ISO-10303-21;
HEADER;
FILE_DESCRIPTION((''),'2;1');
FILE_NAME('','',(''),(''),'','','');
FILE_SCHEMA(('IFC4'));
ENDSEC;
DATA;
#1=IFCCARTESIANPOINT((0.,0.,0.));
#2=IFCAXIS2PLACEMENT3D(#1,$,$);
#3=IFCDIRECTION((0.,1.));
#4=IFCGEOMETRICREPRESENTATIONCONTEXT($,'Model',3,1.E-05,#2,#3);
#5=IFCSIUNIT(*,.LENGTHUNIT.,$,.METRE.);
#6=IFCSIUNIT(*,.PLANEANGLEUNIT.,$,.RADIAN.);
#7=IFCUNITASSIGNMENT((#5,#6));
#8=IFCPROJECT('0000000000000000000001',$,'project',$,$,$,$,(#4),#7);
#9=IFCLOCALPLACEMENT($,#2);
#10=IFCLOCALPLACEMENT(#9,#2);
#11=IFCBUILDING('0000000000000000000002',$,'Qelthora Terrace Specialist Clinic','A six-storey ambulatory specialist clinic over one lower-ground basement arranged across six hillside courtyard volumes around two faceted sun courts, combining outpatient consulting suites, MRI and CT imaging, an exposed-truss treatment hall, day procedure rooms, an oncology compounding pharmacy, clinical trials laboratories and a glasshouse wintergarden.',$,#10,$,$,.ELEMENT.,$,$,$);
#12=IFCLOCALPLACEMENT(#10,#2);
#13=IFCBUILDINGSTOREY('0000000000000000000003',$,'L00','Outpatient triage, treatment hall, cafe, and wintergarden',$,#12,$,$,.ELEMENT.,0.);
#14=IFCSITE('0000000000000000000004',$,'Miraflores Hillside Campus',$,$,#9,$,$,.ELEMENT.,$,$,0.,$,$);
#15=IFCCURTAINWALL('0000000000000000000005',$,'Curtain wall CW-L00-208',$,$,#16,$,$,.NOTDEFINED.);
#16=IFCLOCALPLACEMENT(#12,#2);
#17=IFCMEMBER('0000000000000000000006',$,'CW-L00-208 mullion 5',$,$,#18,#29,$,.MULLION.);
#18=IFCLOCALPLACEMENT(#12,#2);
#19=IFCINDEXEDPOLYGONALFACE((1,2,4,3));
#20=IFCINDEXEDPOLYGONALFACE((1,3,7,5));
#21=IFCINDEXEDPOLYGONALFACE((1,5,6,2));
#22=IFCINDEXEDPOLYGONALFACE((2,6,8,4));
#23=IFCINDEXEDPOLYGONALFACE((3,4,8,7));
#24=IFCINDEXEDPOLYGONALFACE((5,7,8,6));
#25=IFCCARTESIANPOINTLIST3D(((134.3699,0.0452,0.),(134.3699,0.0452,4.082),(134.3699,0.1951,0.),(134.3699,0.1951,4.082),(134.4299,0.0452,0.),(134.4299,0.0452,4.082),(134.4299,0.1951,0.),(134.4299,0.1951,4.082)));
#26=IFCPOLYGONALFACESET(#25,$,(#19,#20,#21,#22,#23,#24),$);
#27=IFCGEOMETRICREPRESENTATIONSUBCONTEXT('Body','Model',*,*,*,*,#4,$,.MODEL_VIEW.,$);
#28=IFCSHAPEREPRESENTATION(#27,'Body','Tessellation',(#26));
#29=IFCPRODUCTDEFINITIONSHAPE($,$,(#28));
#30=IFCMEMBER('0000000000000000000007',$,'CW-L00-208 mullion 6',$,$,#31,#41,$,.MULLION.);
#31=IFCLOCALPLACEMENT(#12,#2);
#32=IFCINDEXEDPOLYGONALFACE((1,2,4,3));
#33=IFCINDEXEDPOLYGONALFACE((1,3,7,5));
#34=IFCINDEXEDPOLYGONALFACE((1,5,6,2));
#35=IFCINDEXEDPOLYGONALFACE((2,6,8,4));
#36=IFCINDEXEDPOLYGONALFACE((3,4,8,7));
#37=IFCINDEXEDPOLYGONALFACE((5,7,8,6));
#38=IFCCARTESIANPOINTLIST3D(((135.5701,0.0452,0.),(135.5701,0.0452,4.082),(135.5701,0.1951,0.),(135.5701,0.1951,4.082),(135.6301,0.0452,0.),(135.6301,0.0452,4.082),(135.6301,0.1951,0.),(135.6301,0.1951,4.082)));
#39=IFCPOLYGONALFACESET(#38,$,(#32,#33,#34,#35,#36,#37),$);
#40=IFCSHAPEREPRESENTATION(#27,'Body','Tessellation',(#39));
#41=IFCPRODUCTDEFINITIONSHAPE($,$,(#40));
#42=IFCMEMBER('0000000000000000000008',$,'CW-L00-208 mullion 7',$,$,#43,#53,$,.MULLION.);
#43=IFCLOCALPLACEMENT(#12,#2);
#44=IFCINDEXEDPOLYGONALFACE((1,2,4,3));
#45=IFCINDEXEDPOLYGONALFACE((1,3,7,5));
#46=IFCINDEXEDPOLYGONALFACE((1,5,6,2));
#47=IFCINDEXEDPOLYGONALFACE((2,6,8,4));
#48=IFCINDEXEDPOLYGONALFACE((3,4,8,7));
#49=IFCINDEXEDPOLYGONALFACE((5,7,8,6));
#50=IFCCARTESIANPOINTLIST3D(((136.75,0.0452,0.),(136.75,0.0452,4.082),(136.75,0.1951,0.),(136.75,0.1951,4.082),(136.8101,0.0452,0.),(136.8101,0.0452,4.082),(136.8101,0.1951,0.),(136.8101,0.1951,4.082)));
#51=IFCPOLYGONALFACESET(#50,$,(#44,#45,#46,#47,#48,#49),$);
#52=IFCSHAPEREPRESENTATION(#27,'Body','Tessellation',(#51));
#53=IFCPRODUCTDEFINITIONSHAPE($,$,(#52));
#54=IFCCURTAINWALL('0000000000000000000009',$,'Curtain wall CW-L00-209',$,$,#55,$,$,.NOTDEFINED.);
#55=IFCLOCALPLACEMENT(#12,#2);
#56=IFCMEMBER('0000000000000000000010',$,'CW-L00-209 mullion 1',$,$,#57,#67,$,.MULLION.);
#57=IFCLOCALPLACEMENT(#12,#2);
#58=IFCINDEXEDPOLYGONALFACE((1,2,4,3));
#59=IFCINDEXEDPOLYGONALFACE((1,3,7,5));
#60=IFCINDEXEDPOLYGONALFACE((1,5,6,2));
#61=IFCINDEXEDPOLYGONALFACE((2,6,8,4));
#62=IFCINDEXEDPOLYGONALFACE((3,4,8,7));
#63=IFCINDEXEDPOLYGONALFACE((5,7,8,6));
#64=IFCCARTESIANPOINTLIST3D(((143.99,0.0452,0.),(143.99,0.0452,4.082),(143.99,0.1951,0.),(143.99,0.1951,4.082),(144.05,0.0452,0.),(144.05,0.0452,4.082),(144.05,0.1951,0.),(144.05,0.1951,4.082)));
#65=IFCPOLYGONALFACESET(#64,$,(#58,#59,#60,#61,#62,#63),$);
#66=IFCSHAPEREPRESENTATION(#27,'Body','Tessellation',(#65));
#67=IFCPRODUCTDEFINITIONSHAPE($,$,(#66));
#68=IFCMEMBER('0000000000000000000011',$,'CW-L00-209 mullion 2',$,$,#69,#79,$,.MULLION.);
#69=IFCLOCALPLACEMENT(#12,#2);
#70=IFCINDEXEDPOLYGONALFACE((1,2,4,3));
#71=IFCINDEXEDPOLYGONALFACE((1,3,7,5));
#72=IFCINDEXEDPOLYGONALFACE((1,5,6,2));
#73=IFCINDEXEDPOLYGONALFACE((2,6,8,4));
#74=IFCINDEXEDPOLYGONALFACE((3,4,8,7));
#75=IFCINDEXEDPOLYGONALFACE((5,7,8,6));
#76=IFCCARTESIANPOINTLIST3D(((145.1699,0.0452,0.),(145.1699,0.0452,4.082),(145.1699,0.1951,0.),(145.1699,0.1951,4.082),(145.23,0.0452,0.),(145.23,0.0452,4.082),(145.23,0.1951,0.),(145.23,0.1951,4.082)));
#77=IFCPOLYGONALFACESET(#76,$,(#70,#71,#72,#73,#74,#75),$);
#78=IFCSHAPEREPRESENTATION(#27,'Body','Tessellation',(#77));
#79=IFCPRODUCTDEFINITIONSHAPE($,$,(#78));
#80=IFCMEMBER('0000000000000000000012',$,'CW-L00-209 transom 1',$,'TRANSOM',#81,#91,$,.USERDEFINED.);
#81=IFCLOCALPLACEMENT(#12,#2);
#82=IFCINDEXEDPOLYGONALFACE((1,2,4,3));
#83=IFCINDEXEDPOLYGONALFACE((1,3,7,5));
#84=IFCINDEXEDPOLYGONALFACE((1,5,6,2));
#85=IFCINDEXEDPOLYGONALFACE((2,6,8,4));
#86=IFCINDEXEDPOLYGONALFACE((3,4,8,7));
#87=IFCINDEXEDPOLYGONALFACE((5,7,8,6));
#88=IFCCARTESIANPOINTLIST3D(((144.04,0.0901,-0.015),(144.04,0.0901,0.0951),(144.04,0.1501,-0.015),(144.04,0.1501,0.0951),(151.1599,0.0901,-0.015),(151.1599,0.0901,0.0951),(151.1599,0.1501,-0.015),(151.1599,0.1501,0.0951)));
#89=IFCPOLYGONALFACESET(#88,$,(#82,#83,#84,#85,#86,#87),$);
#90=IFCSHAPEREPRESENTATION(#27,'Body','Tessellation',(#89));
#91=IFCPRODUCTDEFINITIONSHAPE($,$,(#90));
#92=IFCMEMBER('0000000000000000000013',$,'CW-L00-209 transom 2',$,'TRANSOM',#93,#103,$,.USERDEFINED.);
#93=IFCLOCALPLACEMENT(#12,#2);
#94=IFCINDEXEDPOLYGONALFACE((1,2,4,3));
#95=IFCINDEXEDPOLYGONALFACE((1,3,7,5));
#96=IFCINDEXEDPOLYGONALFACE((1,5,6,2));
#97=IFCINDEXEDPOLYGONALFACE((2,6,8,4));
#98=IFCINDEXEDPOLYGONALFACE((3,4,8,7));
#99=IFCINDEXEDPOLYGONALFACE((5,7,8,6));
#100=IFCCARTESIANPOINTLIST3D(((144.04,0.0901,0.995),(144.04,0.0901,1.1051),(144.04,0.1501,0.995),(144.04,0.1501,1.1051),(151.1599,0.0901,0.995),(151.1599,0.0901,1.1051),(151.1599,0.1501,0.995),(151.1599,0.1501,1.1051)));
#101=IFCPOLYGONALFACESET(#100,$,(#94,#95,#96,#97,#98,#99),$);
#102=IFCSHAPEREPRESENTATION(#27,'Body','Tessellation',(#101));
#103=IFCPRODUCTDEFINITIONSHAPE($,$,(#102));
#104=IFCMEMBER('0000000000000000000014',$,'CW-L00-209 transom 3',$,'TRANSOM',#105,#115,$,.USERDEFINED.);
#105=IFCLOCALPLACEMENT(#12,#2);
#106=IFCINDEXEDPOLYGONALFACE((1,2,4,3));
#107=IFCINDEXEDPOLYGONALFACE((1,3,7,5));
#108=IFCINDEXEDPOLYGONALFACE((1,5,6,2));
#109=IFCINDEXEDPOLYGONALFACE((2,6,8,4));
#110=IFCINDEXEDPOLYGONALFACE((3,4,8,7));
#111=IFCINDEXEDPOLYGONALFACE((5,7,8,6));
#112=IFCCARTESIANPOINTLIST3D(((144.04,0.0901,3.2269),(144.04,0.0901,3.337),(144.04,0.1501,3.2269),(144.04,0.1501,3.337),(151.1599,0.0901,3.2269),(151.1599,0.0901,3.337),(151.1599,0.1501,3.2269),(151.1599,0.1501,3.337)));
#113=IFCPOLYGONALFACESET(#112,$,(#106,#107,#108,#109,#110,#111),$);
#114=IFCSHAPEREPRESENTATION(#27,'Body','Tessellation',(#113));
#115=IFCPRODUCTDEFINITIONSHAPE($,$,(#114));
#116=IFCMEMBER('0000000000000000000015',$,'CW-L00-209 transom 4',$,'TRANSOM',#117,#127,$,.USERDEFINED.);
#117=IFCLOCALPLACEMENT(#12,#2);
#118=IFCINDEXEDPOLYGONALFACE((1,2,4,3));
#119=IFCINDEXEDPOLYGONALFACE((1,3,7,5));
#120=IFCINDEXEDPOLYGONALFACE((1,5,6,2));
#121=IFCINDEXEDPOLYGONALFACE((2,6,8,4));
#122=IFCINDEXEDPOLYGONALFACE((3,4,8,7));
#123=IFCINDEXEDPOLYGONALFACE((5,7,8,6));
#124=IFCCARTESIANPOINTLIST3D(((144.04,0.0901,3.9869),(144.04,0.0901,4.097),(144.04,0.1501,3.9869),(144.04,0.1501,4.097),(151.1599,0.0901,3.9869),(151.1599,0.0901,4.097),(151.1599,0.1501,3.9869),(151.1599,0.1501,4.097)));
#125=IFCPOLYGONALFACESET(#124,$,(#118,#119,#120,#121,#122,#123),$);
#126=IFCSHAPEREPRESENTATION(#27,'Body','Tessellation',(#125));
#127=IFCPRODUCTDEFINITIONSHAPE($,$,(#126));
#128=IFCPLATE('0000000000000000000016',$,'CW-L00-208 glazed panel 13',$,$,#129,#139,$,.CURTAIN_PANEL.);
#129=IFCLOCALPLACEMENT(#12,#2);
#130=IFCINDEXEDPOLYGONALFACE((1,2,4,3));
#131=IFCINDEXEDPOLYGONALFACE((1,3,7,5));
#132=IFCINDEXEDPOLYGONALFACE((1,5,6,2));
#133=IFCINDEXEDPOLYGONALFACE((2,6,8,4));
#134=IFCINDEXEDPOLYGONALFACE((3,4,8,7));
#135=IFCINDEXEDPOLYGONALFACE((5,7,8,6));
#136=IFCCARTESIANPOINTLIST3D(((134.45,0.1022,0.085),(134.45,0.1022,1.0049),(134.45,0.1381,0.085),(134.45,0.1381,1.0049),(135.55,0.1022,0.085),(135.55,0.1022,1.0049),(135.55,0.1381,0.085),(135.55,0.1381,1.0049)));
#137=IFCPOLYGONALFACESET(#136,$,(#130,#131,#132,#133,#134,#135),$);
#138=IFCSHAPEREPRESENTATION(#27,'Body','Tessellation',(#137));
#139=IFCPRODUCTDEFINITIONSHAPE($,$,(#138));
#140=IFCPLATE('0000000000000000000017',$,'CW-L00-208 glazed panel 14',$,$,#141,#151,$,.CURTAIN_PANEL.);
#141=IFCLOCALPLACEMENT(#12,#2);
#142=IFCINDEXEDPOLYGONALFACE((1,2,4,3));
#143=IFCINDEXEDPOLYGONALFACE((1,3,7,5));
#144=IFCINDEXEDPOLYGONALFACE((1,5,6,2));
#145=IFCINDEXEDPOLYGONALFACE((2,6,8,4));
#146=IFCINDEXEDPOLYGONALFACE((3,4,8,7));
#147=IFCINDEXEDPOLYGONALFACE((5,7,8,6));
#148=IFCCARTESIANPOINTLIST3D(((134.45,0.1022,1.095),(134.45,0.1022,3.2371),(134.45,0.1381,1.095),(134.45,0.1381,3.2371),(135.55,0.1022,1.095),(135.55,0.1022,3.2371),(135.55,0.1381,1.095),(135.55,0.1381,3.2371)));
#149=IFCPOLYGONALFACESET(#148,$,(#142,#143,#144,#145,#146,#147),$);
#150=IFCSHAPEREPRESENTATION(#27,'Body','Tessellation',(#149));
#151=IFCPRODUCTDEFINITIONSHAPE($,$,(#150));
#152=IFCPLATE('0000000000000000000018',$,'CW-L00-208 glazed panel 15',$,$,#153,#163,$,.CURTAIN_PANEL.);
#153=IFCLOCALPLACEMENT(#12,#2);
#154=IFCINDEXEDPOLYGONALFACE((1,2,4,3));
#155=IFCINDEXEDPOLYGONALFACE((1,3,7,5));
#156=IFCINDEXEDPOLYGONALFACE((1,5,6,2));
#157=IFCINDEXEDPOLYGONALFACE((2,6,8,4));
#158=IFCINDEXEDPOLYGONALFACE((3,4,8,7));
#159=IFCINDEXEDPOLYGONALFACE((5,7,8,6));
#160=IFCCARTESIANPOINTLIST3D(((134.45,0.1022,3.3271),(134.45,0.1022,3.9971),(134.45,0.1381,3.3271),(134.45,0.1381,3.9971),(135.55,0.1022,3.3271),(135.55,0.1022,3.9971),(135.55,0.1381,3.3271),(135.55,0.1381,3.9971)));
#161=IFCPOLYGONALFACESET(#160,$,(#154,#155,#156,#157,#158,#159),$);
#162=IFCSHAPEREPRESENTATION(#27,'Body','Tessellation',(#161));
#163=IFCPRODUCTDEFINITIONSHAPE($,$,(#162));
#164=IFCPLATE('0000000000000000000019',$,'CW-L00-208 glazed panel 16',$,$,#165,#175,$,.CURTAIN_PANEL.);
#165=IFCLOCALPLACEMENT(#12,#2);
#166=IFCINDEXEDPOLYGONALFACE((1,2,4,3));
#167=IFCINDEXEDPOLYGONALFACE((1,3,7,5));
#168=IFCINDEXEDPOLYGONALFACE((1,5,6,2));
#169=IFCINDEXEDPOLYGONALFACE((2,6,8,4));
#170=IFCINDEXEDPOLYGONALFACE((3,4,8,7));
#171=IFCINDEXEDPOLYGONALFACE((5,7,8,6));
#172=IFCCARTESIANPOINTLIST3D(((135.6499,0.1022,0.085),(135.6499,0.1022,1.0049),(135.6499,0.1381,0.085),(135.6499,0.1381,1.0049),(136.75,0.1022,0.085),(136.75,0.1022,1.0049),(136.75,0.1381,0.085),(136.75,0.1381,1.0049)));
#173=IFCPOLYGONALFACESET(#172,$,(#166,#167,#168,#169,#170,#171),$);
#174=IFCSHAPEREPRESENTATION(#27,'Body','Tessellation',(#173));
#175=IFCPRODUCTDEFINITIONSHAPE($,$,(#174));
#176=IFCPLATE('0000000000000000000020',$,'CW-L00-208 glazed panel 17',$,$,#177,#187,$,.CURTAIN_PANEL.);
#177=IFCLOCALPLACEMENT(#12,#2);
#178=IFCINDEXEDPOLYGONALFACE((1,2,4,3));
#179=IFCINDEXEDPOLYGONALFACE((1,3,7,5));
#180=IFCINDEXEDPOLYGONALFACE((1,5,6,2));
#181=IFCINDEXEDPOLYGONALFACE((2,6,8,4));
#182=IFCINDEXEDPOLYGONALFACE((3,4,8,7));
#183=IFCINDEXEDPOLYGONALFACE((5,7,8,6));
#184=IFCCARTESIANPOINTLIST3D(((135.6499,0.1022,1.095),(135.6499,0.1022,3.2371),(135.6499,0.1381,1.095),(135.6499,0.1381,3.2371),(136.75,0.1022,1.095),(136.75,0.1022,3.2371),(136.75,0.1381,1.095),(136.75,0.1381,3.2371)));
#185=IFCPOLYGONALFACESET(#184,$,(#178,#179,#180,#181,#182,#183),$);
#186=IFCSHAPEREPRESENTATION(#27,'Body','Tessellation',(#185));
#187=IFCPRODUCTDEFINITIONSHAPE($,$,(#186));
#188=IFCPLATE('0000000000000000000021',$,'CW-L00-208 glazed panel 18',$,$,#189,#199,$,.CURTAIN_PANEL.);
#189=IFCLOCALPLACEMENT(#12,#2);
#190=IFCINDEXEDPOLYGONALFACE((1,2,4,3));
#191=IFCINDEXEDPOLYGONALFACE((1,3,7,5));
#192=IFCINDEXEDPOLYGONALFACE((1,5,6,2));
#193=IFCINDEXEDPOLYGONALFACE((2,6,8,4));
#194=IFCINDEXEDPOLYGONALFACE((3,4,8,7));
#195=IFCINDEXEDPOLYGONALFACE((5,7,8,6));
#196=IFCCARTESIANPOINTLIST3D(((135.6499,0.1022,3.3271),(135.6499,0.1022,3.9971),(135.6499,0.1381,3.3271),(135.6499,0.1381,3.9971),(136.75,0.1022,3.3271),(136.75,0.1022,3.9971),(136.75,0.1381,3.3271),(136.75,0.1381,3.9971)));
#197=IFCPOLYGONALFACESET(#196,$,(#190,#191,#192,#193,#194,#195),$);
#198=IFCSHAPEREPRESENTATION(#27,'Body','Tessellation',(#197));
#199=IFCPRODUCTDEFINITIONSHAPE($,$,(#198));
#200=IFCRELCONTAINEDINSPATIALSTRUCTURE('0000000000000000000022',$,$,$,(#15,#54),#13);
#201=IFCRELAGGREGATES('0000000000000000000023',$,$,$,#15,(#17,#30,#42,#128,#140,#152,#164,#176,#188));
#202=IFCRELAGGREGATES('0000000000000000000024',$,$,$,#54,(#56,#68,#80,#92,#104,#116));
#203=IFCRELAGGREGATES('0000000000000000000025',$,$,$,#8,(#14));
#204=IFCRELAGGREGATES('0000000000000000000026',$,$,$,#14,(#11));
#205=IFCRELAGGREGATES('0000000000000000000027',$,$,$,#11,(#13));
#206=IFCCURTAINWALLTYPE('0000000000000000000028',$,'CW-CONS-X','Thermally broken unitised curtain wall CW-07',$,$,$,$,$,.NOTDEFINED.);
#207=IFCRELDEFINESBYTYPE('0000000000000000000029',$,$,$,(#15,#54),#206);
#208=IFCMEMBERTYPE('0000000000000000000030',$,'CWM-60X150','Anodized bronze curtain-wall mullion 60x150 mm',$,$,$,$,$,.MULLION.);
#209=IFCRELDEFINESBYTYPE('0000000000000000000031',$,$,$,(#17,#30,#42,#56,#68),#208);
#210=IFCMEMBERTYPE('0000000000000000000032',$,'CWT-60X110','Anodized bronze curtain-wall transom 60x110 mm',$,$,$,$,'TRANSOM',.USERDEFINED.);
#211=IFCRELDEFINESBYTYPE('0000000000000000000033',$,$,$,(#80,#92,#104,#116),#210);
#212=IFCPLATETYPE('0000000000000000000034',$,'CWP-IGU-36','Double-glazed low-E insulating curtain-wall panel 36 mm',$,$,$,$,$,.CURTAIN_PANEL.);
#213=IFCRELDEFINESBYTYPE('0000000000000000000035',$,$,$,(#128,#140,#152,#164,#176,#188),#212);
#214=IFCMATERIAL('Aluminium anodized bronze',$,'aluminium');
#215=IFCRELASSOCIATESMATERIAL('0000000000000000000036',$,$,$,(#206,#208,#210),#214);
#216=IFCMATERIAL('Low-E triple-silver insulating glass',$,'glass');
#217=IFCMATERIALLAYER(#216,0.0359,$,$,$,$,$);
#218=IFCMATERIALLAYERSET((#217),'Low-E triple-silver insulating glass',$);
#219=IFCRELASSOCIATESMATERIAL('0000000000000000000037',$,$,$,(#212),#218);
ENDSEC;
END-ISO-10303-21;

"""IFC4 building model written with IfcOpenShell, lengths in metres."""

from ifc_helpers import new_model, si_unit, direction, frame, origin, origin_2d, place, context, subcontext, project, spatial, rectangle, extrude, material, layer, layer_set, material_profile, profile_set, type_object, element, aggregate, save


model = new_model("IFC4")

# Units and contexts
model_context = context("Model", 3, precision=1e-05, world=origin(), true_north=direction((0.0, 1.0)))
body_context = subcontext(model_context, "Body", "Model", "MODEL_VIEW")
ifc_project = project(units=[si_unit("LENGTHUNIT", "METRE"), si_unit("PLANEANGLEUNIT", "RADIAN")], contexts=[model_context])

# Site, building, storey
site_placement = place(None, origin())
site = spatial("IfcSite", under=ifc_project, at=site_placement, Name="Miraflores Hillside Campus", CompositionType="ELEMENT", RefElevation=0.0)
building_placement = place(site_placement, origin())
building = spatial("IfcBuilding", under=site, at=building_placement, Name="Qelthora Terrace Specialist Clinic", Description="A six-storey ambulatory specialist clinic over one lower-ground basement arranged across six hillside courtyard volumes around two faceted sun courts, combining outpatient consulting suites, MRI and CT imaging, an exposed-truss treatment hall, day procedure rooms, an oncology compounding pharmacy, clinical trials laboratories and a glasshouse wintergarden.", CompositionType="ELEMENT")
storey_placement = place(building_placement, origin())
storey = spatial("IfcBuildingStorey", under=building, at=storey_placement, Name="L00", Description="Outpatient triage, treatment hall, cafe, and wintergarden", CompositionType="ELEMENT", Elevation=0.0)

# Curtain walls, members
ifc_material_1 = material(Name="Aluminium anodized bronze", Category="aluminium")
curtain_wall_type = type_object("IfcCurtainWallType", Name="CW-CONS-X", Description="Thermally broken unitised curtain wall CW-07", PredefinedType="NOTDEFINED", material=ifc_material_1)
curtain_wall_1_placement = place(storey_placement, origin())
curtain_wall_1 = element("IfcCurtainWall", 1, at=curtain_wall_1_placement, inside=storey, type_object=curtain_wall_type, Name="Curtain wall CW-L00-208", PredefinedType="NOTDEFINED")
ifc_material_profile_1 = material_profile(ifc_material_1, rectangle(XDim=0.0601, YDim=0.1499, at=origin_2d()), Name="CWM60X150")
ifc_profile_set_1 = profile_set([ifc_material_profile_1], Name="Aluminium anodized bronze")
member_type_1 = type_object("IfcMemberType", Name="CWM-60X150", Description="Anodized bronze curtain-wall mullion 60x150 mm", PredefinedType="MULLION", material=ifc_profile_set_1)
member_1_placement = place(storey_placement, frame((134.3999, 0.1201, 0.0), z_axis=(0.0, 0.0, 1.0), x_axis=(1.0, 0.0, 0.0)))
member_1 = element("IfcMember", 2, at=member_1_placement, type_object=member_type_1, Name="CW-L00-208 mullion 5", PredefinedType="MULLION", context=body_context, shape_type="SweptSolid", body=[
    extrude(rectangle(XDim=0.0601, YDim=0.1499, at=origin_2d()), origin(), (0.0, 0.0, 1.0), 4.082),
])
member_2_placement = place(storey_placement, frame((135.6001, 0.1201, 0.0), z_axis=(0.0, 0.0, 1.0), x_axis=(1.0, 0.0, 0.0)))
member_2 = element("IfcMember", 3, at=member_2_placement, type_object=member_type_1, Name="CW-L00-208 mullion 6", PredefinedType="MULLION", context=body_context, shape_type="SweptSolid", body=[
    extrude(rectangle(XDim=0.0601, YDim=0.1499, at=origin_2d()), origin(), (0.0, 0.0, 1.0), 4.082),
])
member_3_placement = place(storey_placement, frame((136.78, 0.1201, 0.0), z_axis=(0.0, 0.0, 1.0), x_axis=(1.0, 0.0, 0.0)))
member_3 = element("IfcMember", 4, at=member_3_placement, type_object=member_type_1, Name="CW-L00-208 mullion 7", PredefinedType="MULLION", context=body_context, shape_type="SweptSolid", body=[
    extrude(rectangle(XDim=0.0601, YDim=0.1499, at=origin_2d()), origin(), (0.0, 0.0, 1.0), 4.082),
])
curtain_wall_2_placement = place(storey_placement, origin())
curtain_wall_2 = element("IfcCurtainWall", 5, at=curtain_wall_2_placement, inside=storey, type_object=curtain_wall_type, Name="Curtain wall CW-L00-209", PredefinedType="NOTDEFINED")
member_4_placement = place(storey_placement, frame((144.02, 0.1201, 0.0), z_axis=(0.0, 0.0, 1.0), x_axis=(1.0, 0.0, 0.0)))
member_4 = element("IfcMember", 6, at=member_4_placement, type_object=member_type_1, Name="CW-L00-209 mullion 1", PredefinedType="MULLION", context=body_context, shape_type="SweptSolid", body=[
    extrude(rectangle(XDim=0.0601, YDim=0.1499, at=origin_2d()), origin(), (0.0, 0.0, 1.0), 4.082),
])
member_5_placement = place(storey_placement, frame((145.2, 0.1201, 0.0), z_axis=(0.0, 0.0, 1.0), x_axis=(1.0, 0.0, 0.0)))
member_5 = element("IfcMember", 7, at=member_5_placement, type_object=member_type_1, Name="CW-L00-209 mullion 2", PredefinedType="MULLION", context=body_context, shape_type="SweptSolid", body=[
    extrude(rectangle(XDim=0.0601, YDim=0.1499, at=origin_2d()), origin(), (0.0, 0.0, 1.0), 4.082),
])
ifc_material_profile_2 = material_profile(ifc_material_1, rectangle(XDim=0.0601, YDim=0.1101, at=origin_2d()), Name="CWT60X110")
ifc_profile_set_2 = profile_set([ifc_material_profile_2], Name="Aluminium anodized bronze")
member_type_2 = type_object("IfcMemberType", Name="CWT-60X110", Description="Anodized bronze curtain-wall transom 60x110 mm", ElementType="TRANSOM", PredefinedType="USERDEFINED", material=ifc_profile_set_2)
member_6_placement = place(storey_placement, frame((144.04, 0.1201, 0.04), z_axis=(1.0, 0.0, 0.0), x_axis=(0.0, 1.0, 0.0)))
member_6 = element("IfcMember", 8, at=member_6_placement, type_object=member_type_2, Name="CW-L00-209 transom 1", ObjectType="TRANSOM", PredefinedType="USERDEFINED", context=body_context, shape_type="SweptSolid", body=[
    extrude(rectangle(XDim=0.0601, YDim=0.1101, at=origin_2d()), origin(), (0.0, 0.0, 1.0), 7.1199),
])
member_7_placement = place(storey_placement, frame((144.04, 0.1201, 1.05), z_axis=(1.0, 0.0, 0.0), x_axis=(0.0, 1.0, 0.0)))
member_7 = element("IfcMember", 9, at=member_7_placement, type_object=member_type_2, Name="CW-L00-209 transom 2", ObjectType="TRANSOM", PredefinedType="USERDEFINED", context=body_context, shape_type="SweptSolid", body=[
    extrude(rectangle(XDim=0.0601, YDim=0.1101, at=origin_2d()), origin(), (0.0, 0.0, 1.0), 7.1199),
])
member_8_placement = place(storey_placement, frame((144.04, 0.1201, 3.282), z_axis=(1.0, 0.0, 0.0), x_axis=(0.0, 1.0, 0.0)))
member_8 = element("IfcMember", 10, at=member_8_placement, type_object=member_type_2, Name="CW-L00-209 transom 3", ObjectType="TRANSOM", PredefinedType="USERDEFINED", context=body_context, shape_type="SweptSolid", body=[
    extrude(rectangle(XDim=0.0601, YDim=0.1101, at=origin_2d()), origin(), (0.0, 0.0, 1.0), 7.1199),
])
member_9_placement = place(storey_placement, frame((144.04, 0.1201, 4.042), z_axis=(1.0, 0.0, 0.0), x_axis=(0.0, 1.0, 0.0)))
member_9 = element("IfcMember", 11, at=member_9_placement, type_object=member_type_2, Name="CW-L00-209 transom 4", ObjectType="TRANSOM", PredefinedType="USERDEFINED", context=body_context, shape_type="SweptSolid", body=[
    extrude(rectangle(XDim=0.0601, YDim=0.1101, at=origin_2d()), origin(), (0.0, 0.0, 1.0), 7.1199),
])

# Plates
ifc_material_2 = material(Name="Low-E triple-silver insulating glass", Category="glass")
ifc_layer_1 = layer(ifc_material_2, 0.0359)
ifc_layer_set_1 = layer_set([ifc_layer_1], Name="Low-E triple-silver insulating glass")
plate_type_1 = type_object("IfcPlateType", Name="CWP-IGU-36", Description="Double-glazed low-E insulating curtain-wall panel 36 mm", PredefinedType="CURTAIN_PANEL", material=ifc_layer_set_1)
plate_1_placement = place(storey_placement, frame((135.0, 0.1201, 0.085), z_axis=(0.0, 0.0, 1.0), x_axis=(1.0, 0.0, 0.0)))
plate_1 = element("IfcPlate", 12, at=plate_1_placement, type_object=plate_type_1, Name="CW-L00-208 glazed panel 13", PredefinedType="CURTAIN_PANEL", context=body_context, shape_type="SweptSolid", body=[
    extrude(rectangle(XDim=1.1001, YDim=0.0359, at=origin_2d()), origin(), (0.0, 0.0, 1.0), 0.9199),
])
plate_2_placement = place(storey_placement, frame((135.0, 0.1201, 1.095), z_axis=(0.0, 0.0, 1.0), x_axis=(1.0, 0.0, 0.0)))
plate_2 = element("IfcPlate", 13, at=plate_2_placement, type_object=plate_type_1, Name="CW-L00-208 glazed panel 14", PredefinedType="CURTAIN_PANEL", context=body_context, shape_type="SweptSolid", body=[
    extrude(rectangle(XDim=1.1001, YDim=0.0359, at=origin_2d()), origin(), (0.0, 0.0, 1.0), 2.1421),
])
plate_3_placement = place(storey_placement, frame((135.0, 0.1201, 3.3271), z_axis=(0.0, 0.0, 1.0), x_axis=(1.0, 0.0, 0.0)))
plate_3 = element("IfcPlate", 14, at=plate_3_placement, type_object=plate_type_1, Name="CW-L00-208 glazed panel 15", PredefinedType="CURTAIN_PANEL", context=body_context, shape_type="SweptSolid", body=[
    extrude(rectangle(XDim=1.1001, YDim=0.0359, at=origin_2d()), origin(), (0.0, 0.0, 1.0), 0.6699),
])
plate_4_placement = place(storey_placement, frame((136.2, 0.1201, 0.085), z_axis=(0.0, 0.0, 1.0), x_axis=(1.0, 0.0, 0.0)))
plate_4 = element("IfcPlate", 15, at=plate_4_placement, type_object=plate_type_1, Name="CW-L00-208 glazed panel 16", PredefinedType="CURTAIN_PANEL", context=body_context, shape_type="SweptSolid", body=[
    extrude(rectangle(XDim=1.1001, YDim=0.0359, at=origin_2d()), origin(), (0.0, 0.0, 1.0), 0.9199),
])
plate_5_placement = place(storey_placement, frame((136.2, 0.1201, 1.095), z_axis=(0.0, 0.0, 1.0), x_axis=(1.0, 0.0, 0.0)))
plate_5 = element("IfcPlate", 16, at=plate_5_placement, type_object=plate_type_1, Name="CW-L00-208 glazed panel 17", PredefinedType="CURTAIN_PANEL", context=body_context, shape_type="SweptSolid", body=[
    extrude(rectangle(XDim=1.1001, YDim=0.0359, at=origin_2d()), origin(), (0.0, 0.0, 1.0), 2.1421),
])
plate_6_placement = place(storey_placement, frame((136.2, 0.1201, 3.3271), z_axis=(0.0, 0.0, 1.0), x_axis=(1.0, 0.0, 0.0)))
plate_6 = element("IfcPlate", 17, at=plate_6_placement, type_object=plate_type_1, Name="CW-L00-208 glazed panel 18", PredefinedType="CURTAIN_PANEL", context=body_context, shape_type="SweptSolid", body=[
    extrude(rectangle(XDim=1.1001, YDim=0.0359, at=origin_2d()), origin(), (0.0, 0.0, 1.0), 0.6699),
])
aggregate(curtain_wall_1, [member_1, member_2, member_3, plate_1, plate_2, plate_3, plate_4, plate_5, plate_6])
aggregate(curtain_wall_2, [member_4, member_5, member_6, member_7, member_8, member_9])

save(model, "model.ifc")
